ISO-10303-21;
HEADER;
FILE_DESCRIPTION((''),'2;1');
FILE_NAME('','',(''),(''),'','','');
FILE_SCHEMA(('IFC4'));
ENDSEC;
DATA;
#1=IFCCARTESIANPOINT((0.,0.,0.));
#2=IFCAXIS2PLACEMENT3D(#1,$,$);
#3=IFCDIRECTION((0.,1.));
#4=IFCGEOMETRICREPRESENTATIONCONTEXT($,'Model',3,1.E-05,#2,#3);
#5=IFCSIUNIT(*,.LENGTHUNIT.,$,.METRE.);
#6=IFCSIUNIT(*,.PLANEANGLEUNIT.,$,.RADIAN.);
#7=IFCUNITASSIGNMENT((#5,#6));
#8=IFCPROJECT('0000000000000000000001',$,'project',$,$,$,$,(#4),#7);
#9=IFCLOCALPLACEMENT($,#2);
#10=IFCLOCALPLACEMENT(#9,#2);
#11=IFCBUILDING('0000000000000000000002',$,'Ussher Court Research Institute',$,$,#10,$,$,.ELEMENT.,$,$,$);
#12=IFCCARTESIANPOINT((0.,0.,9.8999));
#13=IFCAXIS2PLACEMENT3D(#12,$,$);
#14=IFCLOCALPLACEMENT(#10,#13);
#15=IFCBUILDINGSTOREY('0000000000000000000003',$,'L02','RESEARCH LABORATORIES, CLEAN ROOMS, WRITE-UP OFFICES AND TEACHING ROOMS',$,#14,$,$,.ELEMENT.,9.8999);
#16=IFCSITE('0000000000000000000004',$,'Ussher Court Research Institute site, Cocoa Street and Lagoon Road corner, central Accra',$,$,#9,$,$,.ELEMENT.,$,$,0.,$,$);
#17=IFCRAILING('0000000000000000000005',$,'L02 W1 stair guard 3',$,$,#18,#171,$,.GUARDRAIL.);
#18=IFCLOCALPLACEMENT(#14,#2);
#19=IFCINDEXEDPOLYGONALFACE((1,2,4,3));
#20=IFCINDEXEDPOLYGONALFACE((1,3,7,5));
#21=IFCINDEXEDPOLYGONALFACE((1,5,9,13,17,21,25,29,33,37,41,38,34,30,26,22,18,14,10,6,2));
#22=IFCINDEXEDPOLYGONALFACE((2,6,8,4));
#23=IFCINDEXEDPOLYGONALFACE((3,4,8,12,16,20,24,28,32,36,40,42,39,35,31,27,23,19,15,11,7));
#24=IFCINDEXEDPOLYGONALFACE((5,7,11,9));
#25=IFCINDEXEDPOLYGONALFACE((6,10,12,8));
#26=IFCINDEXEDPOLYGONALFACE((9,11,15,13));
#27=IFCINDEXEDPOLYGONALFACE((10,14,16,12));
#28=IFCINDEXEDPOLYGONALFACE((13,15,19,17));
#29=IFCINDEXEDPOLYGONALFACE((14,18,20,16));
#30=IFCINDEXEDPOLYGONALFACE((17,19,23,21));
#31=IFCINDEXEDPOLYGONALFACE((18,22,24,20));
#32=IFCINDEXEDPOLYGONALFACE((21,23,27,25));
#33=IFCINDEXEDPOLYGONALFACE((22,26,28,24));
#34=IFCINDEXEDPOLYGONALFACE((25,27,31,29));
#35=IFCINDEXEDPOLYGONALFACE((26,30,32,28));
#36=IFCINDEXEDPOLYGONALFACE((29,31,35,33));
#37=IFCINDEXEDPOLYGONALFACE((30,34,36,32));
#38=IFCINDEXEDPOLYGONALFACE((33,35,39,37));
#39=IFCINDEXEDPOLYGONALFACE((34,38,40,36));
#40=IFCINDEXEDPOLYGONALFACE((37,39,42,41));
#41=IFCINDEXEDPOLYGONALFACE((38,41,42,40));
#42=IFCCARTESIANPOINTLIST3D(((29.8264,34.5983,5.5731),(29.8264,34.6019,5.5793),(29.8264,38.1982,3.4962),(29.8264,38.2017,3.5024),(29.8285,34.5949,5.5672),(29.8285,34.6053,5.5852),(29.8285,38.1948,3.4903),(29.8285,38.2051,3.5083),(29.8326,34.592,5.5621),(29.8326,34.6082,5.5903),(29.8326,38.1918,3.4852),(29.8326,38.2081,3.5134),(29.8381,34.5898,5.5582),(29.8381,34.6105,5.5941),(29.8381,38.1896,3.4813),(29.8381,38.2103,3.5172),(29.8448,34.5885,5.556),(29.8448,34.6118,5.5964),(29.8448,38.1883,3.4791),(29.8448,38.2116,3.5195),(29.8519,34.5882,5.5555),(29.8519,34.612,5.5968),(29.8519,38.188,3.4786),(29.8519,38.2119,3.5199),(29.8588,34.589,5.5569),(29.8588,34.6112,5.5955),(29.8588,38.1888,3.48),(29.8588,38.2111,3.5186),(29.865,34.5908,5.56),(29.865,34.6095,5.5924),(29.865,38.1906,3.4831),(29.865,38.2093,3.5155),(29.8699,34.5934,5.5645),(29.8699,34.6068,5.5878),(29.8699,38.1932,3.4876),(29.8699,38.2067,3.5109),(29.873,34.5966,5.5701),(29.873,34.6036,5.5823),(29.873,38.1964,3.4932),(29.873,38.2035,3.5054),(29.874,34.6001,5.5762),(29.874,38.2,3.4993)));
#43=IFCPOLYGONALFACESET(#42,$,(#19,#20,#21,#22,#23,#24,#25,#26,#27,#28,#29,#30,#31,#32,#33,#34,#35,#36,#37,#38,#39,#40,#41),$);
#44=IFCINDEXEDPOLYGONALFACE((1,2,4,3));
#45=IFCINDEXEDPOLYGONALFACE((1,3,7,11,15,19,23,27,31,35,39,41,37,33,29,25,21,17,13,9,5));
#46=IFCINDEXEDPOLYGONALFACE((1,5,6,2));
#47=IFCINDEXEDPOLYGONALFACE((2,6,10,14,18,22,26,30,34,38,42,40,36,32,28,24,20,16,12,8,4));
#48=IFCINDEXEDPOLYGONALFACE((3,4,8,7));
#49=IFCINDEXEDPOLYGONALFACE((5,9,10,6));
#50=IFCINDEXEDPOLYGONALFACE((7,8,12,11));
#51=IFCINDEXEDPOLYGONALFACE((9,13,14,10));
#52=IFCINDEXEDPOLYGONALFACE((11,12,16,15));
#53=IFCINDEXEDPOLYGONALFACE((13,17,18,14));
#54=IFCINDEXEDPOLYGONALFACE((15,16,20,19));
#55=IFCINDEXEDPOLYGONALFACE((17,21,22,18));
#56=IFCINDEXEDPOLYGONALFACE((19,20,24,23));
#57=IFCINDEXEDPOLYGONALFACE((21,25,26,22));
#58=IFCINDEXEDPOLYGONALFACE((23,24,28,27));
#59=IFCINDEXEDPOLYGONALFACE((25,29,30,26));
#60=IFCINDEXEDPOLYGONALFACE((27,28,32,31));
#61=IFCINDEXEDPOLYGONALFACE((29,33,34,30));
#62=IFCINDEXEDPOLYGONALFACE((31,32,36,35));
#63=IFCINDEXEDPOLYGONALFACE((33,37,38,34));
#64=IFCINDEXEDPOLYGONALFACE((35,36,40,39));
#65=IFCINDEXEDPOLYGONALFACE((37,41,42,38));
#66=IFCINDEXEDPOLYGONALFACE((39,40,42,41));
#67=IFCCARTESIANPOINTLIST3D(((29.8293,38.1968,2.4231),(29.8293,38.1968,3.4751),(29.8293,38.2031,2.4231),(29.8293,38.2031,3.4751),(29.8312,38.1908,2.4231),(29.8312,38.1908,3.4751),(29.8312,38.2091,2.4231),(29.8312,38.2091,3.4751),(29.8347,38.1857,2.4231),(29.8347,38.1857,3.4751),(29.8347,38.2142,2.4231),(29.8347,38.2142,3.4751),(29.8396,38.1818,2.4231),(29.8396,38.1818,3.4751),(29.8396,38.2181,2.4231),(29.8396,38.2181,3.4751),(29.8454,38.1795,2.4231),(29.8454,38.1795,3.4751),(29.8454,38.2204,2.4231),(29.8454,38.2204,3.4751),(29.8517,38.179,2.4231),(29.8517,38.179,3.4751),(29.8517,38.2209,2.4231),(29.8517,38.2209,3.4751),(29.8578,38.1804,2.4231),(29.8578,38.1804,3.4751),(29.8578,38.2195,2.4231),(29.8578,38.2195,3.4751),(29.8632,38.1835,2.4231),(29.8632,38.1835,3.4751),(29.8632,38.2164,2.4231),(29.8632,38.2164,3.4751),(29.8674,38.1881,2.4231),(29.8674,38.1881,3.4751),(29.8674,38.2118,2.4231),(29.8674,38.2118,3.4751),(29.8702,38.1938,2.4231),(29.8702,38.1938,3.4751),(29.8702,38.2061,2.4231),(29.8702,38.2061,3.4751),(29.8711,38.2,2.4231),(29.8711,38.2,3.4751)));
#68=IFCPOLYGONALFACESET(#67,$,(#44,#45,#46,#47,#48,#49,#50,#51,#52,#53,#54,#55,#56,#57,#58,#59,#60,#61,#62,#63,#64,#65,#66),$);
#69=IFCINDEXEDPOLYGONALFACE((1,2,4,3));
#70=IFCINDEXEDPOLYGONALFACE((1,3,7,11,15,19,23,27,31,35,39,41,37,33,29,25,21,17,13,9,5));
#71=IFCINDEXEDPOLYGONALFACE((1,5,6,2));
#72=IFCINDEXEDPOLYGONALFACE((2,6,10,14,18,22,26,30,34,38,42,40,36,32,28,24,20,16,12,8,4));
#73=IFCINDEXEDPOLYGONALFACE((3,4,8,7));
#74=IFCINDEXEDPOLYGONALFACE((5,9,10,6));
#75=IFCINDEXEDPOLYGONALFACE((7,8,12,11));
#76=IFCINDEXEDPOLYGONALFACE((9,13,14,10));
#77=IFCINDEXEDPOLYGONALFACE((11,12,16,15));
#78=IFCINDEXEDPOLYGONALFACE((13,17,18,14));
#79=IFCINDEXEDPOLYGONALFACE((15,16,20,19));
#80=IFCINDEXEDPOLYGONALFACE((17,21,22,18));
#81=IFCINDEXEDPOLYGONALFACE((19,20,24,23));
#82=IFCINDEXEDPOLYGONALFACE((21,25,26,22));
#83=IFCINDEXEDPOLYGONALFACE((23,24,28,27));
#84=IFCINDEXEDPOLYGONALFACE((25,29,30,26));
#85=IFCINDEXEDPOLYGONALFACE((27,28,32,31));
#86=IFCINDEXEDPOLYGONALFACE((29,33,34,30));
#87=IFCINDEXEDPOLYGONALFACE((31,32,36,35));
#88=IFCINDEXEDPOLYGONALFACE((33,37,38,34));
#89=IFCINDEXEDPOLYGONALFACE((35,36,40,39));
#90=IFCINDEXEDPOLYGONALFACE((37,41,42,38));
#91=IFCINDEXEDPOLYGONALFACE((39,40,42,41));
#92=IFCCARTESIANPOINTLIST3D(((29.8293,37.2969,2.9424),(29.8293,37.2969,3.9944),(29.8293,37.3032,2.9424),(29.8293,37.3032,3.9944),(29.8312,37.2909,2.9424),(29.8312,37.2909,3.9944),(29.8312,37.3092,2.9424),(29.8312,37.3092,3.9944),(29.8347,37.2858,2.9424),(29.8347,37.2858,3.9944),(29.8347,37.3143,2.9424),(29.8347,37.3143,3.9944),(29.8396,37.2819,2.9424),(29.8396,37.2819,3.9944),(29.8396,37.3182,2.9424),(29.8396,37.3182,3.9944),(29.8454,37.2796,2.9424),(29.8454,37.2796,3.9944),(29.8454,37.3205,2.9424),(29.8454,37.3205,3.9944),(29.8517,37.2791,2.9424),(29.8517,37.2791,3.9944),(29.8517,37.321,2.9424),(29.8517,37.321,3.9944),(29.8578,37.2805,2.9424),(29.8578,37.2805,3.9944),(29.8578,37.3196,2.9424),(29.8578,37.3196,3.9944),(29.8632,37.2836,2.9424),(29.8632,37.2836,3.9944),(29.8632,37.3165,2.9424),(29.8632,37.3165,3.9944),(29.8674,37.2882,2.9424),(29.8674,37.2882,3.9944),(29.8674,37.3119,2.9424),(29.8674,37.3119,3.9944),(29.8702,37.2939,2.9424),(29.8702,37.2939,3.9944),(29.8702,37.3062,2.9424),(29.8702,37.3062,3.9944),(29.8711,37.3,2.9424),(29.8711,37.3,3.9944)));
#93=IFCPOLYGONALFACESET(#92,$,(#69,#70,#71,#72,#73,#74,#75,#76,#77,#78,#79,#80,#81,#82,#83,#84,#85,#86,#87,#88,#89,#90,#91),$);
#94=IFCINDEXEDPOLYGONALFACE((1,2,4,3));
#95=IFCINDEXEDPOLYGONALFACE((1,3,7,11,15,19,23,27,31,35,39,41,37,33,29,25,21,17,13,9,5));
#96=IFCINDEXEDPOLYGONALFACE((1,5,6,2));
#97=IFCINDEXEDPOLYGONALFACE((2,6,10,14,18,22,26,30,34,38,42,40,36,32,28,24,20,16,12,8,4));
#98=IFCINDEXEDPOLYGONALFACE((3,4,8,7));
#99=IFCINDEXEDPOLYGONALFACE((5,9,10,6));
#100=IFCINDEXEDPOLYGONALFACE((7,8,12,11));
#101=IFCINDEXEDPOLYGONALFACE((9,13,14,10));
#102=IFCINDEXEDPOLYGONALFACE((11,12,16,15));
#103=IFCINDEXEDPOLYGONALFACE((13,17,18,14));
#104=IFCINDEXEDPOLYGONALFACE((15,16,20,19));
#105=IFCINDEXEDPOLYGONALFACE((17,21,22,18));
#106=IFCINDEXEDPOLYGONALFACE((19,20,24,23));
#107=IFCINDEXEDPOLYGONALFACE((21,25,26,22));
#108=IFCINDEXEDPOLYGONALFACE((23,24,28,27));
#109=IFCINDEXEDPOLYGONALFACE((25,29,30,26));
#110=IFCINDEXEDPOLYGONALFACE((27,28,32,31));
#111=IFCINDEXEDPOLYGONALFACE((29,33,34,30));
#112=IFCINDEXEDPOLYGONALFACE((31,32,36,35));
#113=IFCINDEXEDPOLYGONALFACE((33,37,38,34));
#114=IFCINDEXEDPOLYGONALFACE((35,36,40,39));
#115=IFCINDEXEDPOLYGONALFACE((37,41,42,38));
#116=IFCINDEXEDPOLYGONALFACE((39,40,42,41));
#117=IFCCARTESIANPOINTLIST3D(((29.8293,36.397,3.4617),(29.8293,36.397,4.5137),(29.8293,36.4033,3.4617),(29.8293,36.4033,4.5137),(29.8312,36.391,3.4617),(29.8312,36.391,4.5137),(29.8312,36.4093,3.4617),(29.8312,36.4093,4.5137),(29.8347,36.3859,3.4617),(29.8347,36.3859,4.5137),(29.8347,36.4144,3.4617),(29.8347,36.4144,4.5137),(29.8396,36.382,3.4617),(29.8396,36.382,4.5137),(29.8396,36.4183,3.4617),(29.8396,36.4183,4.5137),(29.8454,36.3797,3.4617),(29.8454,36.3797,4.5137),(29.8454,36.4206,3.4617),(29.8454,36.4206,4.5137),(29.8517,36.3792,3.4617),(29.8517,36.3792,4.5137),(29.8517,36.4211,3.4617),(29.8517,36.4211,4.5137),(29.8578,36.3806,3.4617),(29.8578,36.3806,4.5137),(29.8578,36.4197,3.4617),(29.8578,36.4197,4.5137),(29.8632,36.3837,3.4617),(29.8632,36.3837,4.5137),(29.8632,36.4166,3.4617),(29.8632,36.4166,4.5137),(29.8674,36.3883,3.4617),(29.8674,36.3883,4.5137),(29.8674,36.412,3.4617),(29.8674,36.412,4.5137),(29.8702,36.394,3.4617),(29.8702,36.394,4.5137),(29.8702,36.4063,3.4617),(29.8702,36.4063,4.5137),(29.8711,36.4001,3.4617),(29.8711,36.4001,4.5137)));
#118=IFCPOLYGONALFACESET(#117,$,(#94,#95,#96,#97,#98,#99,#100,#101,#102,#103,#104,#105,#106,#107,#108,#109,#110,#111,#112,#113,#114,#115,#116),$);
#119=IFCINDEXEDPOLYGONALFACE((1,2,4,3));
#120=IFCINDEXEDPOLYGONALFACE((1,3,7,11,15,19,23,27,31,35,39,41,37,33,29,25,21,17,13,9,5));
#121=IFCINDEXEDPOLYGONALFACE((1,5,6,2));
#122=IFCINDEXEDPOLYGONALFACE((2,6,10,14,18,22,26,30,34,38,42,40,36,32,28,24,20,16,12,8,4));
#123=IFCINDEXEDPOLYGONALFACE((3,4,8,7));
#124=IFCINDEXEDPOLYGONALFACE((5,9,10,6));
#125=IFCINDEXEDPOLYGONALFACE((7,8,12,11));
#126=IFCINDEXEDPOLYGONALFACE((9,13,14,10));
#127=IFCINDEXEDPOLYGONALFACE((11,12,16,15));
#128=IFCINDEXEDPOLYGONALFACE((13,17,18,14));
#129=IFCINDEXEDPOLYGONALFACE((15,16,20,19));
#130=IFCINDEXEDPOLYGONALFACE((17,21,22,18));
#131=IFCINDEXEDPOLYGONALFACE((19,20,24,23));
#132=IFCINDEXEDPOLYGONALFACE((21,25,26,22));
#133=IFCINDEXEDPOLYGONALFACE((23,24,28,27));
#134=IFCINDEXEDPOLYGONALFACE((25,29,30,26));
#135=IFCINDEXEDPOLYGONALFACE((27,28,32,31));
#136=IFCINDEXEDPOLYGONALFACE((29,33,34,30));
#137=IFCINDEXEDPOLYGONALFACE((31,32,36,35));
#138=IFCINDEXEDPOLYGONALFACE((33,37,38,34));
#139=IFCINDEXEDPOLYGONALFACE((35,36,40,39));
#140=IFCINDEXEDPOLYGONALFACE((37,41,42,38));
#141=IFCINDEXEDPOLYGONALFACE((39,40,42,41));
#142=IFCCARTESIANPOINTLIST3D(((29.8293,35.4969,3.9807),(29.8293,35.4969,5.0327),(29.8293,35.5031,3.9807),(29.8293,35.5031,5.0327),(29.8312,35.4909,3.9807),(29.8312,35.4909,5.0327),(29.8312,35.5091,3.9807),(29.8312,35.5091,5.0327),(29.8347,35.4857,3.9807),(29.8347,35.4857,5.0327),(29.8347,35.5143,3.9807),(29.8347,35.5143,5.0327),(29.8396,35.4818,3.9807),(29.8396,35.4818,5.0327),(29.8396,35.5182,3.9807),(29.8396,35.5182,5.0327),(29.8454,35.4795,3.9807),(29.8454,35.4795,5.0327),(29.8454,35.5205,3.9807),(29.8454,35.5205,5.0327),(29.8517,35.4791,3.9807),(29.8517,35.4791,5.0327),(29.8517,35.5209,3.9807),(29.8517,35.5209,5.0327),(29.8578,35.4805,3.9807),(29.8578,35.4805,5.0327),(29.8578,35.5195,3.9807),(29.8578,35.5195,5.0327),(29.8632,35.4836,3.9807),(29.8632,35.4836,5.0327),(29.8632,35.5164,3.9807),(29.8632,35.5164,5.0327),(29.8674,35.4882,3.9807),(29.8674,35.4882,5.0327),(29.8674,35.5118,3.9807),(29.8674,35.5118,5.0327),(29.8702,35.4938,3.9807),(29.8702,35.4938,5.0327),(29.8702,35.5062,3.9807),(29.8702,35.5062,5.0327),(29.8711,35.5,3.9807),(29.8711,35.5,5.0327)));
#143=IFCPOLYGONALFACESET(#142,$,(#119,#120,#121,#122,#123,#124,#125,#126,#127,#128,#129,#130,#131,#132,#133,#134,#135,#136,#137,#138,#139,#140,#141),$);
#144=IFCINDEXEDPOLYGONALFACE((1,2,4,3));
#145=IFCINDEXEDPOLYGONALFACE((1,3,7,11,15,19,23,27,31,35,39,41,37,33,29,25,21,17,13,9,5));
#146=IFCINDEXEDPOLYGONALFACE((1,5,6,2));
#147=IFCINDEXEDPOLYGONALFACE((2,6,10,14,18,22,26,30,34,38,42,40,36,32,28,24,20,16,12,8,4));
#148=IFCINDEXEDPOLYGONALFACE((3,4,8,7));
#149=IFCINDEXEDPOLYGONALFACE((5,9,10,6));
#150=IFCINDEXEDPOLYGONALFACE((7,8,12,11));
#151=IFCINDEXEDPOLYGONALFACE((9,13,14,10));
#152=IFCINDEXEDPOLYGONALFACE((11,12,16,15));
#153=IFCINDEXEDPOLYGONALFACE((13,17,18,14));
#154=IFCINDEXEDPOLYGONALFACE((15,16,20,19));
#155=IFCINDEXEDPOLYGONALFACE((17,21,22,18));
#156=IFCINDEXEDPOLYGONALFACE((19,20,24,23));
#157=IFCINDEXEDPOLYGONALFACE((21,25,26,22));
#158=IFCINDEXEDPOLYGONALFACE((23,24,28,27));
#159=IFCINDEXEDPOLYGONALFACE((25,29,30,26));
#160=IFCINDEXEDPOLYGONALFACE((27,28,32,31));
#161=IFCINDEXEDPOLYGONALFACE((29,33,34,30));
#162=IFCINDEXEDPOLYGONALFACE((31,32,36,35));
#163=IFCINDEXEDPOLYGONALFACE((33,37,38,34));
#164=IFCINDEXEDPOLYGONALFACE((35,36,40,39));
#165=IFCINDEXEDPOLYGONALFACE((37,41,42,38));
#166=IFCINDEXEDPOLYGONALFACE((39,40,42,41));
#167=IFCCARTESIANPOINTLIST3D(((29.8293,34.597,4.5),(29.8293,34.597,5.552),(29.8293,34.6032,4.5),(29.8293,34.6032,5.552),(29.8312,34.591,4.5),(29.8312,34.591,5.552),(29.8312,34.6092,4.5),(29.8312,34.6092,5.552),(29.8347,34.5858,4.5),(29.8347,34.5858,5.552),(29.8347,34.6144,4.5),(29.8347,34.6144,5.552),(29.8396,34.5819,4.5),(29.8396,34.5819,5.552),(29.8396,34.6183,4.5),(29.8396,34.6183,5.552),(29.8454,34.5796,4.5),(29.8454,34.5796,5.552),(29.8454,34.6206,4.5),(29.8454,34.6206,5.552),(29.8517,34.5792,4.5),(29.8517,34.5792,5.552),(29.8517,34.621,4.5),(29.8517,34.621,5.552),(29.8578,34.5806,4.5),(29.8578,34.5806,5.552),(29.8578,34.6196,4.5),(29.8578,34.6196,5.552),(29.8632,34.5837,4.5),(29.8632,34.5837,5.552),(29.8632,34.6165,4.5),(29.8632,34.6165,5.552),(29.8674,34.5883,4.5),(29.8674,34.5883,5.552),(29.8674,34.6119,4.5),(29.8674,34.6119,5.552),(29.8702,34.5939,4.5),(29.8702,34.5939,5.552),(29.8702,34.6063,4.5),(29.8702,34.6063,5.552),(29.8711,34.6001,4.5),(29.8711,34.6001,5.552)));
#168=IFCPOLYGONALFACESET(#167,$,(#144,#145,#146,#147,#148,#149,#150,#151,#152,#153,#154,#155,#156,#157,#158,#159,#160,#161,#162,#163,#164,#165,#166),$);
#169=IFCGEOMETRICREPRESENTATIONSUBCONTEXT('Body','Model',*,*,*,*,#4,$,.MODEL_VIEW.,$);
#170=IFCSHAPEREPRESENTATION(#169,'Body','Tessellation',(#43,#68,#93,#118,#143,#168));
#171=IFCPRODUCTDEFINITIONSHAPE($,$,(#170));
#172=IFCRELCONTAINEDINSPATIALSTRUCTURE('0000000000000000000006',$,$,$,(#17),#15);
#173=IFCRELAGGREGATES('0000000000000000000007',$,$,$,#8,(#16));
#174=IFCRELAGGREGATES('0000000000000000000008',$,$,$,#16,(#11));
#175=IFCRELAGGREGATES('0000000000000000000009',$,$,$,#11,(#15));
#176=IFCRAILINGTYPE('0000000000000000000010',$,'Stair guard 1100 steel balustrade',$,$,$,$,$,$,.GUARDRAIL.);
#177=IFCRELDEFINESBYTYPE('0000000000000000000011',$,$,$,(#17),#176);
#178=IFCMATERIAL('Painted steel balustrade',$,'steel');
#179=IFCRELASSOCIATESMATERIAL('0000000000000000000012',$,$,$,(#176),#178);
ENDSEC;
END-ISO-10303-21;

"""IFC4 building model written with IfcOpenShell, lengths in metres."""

from ifc_helpers import new_model, si_unit, direction, frame, origin, origin_2d, place, context, subcontext, project, spatial, circle, extrude, material, type_object, element, save


model = new_model("IFC4")

# Units and contexts
model_context = context("Model", 3, precision=1e-05, world=origin(), true_north=direction((0.0, 1.0)))
body_context = subcontext(model_context, "Body", "Model", "MODEL_VIEW")
ifc_project = project(units=[si_unit("LENGTHUNIT", "METRE"), si_unit("PLANEANGLEUNIT", "RADIAN")], contexts=[model_context])

# Site, building, storey
site_placement = place(None, origin())
site = spatial("IfcSite", under=ifc_project, at=site_placement, Name="Ussher Court Research Institute site, Cocoa Street and Lagoon Road corner, central Accra", CompositionType="ELEMENT", RefElevation=0.0)
building_placement = place(site_placement, origin())
building = spatial("IfcBuilding", under=site, at=building_placement, Name="Ussher Court Research Institute", CompositionType="ELEMENT")
storey_placement = place(building_placement, frame((0.0, 0.0, 9.8999)))
storey = spatial("IfcBuildingStorey", under=building, at=storey_placement, Name="L02", Description="RESEARCH LABORATORIES, CLEAN ROOMS, WRITE-UP OFFICES AND TEACHING ROOMS", CompositionType="ELEMENT", Elevation=9.8999)

# Railing
ifc_material_1 = material(Name="Painted steel balustrade", Category="steel")
railing_type_1 = type_object("IfcRailingType", Name="Stair guard 1100 steel balustrade", PredefinedType="GUARDRAIL", material=ifc_material_1)
railing_1_placement = place(storey_placement, frame((29.8501, 38.2, 2.4231)))
element("IfcRailing", 1, at=railing_1_placement, inside=storey, type_object=railing_type_1, Name="L02 W1 stair guard 3", PredefinedType="GUARDRAIL", context=body_context, shape_type="SweptSolid", body=[
    extrude(circle(Radius=0.0239, at=origin_2d()), frame((0.0, 0.0, 1.0762), z_axis=(0.0, -0.866179, 0.499734), x_axis=(1.0, 0.0, 0.0)), (0.0, 0.0, 1.0), 4.156),
    extrude(circle(Radius=0.021, at=origin_2d()), origin(), (0.0, 0.0, 1.0), 1.052),
    extrude(circle(Radius=0.021, at=origin_2d()), frame((0.0, -0.8999, 0.5193)), (0.0, 0.0, 1.0), 1.052),
    extrude(circle(Radius=0.021, at=origin_2d()), frame((0.0, -1.7998, 1.0386)), (0.0, 0.0, 1.0), 1.052),
    extrude(circle(Radius=0.021, at=origin_2d()), frame((0.0, -2.7, 1.5576)), (0.0, 0.0, 1.0), 1.052),
    extrude(circle(Radius=0.021, at=origin_2d()), frame((0.0, -3.5999, 2.0769)), (0.0, 0.0, 1.0), 1.052),
])

save(model, "model.ifc")
